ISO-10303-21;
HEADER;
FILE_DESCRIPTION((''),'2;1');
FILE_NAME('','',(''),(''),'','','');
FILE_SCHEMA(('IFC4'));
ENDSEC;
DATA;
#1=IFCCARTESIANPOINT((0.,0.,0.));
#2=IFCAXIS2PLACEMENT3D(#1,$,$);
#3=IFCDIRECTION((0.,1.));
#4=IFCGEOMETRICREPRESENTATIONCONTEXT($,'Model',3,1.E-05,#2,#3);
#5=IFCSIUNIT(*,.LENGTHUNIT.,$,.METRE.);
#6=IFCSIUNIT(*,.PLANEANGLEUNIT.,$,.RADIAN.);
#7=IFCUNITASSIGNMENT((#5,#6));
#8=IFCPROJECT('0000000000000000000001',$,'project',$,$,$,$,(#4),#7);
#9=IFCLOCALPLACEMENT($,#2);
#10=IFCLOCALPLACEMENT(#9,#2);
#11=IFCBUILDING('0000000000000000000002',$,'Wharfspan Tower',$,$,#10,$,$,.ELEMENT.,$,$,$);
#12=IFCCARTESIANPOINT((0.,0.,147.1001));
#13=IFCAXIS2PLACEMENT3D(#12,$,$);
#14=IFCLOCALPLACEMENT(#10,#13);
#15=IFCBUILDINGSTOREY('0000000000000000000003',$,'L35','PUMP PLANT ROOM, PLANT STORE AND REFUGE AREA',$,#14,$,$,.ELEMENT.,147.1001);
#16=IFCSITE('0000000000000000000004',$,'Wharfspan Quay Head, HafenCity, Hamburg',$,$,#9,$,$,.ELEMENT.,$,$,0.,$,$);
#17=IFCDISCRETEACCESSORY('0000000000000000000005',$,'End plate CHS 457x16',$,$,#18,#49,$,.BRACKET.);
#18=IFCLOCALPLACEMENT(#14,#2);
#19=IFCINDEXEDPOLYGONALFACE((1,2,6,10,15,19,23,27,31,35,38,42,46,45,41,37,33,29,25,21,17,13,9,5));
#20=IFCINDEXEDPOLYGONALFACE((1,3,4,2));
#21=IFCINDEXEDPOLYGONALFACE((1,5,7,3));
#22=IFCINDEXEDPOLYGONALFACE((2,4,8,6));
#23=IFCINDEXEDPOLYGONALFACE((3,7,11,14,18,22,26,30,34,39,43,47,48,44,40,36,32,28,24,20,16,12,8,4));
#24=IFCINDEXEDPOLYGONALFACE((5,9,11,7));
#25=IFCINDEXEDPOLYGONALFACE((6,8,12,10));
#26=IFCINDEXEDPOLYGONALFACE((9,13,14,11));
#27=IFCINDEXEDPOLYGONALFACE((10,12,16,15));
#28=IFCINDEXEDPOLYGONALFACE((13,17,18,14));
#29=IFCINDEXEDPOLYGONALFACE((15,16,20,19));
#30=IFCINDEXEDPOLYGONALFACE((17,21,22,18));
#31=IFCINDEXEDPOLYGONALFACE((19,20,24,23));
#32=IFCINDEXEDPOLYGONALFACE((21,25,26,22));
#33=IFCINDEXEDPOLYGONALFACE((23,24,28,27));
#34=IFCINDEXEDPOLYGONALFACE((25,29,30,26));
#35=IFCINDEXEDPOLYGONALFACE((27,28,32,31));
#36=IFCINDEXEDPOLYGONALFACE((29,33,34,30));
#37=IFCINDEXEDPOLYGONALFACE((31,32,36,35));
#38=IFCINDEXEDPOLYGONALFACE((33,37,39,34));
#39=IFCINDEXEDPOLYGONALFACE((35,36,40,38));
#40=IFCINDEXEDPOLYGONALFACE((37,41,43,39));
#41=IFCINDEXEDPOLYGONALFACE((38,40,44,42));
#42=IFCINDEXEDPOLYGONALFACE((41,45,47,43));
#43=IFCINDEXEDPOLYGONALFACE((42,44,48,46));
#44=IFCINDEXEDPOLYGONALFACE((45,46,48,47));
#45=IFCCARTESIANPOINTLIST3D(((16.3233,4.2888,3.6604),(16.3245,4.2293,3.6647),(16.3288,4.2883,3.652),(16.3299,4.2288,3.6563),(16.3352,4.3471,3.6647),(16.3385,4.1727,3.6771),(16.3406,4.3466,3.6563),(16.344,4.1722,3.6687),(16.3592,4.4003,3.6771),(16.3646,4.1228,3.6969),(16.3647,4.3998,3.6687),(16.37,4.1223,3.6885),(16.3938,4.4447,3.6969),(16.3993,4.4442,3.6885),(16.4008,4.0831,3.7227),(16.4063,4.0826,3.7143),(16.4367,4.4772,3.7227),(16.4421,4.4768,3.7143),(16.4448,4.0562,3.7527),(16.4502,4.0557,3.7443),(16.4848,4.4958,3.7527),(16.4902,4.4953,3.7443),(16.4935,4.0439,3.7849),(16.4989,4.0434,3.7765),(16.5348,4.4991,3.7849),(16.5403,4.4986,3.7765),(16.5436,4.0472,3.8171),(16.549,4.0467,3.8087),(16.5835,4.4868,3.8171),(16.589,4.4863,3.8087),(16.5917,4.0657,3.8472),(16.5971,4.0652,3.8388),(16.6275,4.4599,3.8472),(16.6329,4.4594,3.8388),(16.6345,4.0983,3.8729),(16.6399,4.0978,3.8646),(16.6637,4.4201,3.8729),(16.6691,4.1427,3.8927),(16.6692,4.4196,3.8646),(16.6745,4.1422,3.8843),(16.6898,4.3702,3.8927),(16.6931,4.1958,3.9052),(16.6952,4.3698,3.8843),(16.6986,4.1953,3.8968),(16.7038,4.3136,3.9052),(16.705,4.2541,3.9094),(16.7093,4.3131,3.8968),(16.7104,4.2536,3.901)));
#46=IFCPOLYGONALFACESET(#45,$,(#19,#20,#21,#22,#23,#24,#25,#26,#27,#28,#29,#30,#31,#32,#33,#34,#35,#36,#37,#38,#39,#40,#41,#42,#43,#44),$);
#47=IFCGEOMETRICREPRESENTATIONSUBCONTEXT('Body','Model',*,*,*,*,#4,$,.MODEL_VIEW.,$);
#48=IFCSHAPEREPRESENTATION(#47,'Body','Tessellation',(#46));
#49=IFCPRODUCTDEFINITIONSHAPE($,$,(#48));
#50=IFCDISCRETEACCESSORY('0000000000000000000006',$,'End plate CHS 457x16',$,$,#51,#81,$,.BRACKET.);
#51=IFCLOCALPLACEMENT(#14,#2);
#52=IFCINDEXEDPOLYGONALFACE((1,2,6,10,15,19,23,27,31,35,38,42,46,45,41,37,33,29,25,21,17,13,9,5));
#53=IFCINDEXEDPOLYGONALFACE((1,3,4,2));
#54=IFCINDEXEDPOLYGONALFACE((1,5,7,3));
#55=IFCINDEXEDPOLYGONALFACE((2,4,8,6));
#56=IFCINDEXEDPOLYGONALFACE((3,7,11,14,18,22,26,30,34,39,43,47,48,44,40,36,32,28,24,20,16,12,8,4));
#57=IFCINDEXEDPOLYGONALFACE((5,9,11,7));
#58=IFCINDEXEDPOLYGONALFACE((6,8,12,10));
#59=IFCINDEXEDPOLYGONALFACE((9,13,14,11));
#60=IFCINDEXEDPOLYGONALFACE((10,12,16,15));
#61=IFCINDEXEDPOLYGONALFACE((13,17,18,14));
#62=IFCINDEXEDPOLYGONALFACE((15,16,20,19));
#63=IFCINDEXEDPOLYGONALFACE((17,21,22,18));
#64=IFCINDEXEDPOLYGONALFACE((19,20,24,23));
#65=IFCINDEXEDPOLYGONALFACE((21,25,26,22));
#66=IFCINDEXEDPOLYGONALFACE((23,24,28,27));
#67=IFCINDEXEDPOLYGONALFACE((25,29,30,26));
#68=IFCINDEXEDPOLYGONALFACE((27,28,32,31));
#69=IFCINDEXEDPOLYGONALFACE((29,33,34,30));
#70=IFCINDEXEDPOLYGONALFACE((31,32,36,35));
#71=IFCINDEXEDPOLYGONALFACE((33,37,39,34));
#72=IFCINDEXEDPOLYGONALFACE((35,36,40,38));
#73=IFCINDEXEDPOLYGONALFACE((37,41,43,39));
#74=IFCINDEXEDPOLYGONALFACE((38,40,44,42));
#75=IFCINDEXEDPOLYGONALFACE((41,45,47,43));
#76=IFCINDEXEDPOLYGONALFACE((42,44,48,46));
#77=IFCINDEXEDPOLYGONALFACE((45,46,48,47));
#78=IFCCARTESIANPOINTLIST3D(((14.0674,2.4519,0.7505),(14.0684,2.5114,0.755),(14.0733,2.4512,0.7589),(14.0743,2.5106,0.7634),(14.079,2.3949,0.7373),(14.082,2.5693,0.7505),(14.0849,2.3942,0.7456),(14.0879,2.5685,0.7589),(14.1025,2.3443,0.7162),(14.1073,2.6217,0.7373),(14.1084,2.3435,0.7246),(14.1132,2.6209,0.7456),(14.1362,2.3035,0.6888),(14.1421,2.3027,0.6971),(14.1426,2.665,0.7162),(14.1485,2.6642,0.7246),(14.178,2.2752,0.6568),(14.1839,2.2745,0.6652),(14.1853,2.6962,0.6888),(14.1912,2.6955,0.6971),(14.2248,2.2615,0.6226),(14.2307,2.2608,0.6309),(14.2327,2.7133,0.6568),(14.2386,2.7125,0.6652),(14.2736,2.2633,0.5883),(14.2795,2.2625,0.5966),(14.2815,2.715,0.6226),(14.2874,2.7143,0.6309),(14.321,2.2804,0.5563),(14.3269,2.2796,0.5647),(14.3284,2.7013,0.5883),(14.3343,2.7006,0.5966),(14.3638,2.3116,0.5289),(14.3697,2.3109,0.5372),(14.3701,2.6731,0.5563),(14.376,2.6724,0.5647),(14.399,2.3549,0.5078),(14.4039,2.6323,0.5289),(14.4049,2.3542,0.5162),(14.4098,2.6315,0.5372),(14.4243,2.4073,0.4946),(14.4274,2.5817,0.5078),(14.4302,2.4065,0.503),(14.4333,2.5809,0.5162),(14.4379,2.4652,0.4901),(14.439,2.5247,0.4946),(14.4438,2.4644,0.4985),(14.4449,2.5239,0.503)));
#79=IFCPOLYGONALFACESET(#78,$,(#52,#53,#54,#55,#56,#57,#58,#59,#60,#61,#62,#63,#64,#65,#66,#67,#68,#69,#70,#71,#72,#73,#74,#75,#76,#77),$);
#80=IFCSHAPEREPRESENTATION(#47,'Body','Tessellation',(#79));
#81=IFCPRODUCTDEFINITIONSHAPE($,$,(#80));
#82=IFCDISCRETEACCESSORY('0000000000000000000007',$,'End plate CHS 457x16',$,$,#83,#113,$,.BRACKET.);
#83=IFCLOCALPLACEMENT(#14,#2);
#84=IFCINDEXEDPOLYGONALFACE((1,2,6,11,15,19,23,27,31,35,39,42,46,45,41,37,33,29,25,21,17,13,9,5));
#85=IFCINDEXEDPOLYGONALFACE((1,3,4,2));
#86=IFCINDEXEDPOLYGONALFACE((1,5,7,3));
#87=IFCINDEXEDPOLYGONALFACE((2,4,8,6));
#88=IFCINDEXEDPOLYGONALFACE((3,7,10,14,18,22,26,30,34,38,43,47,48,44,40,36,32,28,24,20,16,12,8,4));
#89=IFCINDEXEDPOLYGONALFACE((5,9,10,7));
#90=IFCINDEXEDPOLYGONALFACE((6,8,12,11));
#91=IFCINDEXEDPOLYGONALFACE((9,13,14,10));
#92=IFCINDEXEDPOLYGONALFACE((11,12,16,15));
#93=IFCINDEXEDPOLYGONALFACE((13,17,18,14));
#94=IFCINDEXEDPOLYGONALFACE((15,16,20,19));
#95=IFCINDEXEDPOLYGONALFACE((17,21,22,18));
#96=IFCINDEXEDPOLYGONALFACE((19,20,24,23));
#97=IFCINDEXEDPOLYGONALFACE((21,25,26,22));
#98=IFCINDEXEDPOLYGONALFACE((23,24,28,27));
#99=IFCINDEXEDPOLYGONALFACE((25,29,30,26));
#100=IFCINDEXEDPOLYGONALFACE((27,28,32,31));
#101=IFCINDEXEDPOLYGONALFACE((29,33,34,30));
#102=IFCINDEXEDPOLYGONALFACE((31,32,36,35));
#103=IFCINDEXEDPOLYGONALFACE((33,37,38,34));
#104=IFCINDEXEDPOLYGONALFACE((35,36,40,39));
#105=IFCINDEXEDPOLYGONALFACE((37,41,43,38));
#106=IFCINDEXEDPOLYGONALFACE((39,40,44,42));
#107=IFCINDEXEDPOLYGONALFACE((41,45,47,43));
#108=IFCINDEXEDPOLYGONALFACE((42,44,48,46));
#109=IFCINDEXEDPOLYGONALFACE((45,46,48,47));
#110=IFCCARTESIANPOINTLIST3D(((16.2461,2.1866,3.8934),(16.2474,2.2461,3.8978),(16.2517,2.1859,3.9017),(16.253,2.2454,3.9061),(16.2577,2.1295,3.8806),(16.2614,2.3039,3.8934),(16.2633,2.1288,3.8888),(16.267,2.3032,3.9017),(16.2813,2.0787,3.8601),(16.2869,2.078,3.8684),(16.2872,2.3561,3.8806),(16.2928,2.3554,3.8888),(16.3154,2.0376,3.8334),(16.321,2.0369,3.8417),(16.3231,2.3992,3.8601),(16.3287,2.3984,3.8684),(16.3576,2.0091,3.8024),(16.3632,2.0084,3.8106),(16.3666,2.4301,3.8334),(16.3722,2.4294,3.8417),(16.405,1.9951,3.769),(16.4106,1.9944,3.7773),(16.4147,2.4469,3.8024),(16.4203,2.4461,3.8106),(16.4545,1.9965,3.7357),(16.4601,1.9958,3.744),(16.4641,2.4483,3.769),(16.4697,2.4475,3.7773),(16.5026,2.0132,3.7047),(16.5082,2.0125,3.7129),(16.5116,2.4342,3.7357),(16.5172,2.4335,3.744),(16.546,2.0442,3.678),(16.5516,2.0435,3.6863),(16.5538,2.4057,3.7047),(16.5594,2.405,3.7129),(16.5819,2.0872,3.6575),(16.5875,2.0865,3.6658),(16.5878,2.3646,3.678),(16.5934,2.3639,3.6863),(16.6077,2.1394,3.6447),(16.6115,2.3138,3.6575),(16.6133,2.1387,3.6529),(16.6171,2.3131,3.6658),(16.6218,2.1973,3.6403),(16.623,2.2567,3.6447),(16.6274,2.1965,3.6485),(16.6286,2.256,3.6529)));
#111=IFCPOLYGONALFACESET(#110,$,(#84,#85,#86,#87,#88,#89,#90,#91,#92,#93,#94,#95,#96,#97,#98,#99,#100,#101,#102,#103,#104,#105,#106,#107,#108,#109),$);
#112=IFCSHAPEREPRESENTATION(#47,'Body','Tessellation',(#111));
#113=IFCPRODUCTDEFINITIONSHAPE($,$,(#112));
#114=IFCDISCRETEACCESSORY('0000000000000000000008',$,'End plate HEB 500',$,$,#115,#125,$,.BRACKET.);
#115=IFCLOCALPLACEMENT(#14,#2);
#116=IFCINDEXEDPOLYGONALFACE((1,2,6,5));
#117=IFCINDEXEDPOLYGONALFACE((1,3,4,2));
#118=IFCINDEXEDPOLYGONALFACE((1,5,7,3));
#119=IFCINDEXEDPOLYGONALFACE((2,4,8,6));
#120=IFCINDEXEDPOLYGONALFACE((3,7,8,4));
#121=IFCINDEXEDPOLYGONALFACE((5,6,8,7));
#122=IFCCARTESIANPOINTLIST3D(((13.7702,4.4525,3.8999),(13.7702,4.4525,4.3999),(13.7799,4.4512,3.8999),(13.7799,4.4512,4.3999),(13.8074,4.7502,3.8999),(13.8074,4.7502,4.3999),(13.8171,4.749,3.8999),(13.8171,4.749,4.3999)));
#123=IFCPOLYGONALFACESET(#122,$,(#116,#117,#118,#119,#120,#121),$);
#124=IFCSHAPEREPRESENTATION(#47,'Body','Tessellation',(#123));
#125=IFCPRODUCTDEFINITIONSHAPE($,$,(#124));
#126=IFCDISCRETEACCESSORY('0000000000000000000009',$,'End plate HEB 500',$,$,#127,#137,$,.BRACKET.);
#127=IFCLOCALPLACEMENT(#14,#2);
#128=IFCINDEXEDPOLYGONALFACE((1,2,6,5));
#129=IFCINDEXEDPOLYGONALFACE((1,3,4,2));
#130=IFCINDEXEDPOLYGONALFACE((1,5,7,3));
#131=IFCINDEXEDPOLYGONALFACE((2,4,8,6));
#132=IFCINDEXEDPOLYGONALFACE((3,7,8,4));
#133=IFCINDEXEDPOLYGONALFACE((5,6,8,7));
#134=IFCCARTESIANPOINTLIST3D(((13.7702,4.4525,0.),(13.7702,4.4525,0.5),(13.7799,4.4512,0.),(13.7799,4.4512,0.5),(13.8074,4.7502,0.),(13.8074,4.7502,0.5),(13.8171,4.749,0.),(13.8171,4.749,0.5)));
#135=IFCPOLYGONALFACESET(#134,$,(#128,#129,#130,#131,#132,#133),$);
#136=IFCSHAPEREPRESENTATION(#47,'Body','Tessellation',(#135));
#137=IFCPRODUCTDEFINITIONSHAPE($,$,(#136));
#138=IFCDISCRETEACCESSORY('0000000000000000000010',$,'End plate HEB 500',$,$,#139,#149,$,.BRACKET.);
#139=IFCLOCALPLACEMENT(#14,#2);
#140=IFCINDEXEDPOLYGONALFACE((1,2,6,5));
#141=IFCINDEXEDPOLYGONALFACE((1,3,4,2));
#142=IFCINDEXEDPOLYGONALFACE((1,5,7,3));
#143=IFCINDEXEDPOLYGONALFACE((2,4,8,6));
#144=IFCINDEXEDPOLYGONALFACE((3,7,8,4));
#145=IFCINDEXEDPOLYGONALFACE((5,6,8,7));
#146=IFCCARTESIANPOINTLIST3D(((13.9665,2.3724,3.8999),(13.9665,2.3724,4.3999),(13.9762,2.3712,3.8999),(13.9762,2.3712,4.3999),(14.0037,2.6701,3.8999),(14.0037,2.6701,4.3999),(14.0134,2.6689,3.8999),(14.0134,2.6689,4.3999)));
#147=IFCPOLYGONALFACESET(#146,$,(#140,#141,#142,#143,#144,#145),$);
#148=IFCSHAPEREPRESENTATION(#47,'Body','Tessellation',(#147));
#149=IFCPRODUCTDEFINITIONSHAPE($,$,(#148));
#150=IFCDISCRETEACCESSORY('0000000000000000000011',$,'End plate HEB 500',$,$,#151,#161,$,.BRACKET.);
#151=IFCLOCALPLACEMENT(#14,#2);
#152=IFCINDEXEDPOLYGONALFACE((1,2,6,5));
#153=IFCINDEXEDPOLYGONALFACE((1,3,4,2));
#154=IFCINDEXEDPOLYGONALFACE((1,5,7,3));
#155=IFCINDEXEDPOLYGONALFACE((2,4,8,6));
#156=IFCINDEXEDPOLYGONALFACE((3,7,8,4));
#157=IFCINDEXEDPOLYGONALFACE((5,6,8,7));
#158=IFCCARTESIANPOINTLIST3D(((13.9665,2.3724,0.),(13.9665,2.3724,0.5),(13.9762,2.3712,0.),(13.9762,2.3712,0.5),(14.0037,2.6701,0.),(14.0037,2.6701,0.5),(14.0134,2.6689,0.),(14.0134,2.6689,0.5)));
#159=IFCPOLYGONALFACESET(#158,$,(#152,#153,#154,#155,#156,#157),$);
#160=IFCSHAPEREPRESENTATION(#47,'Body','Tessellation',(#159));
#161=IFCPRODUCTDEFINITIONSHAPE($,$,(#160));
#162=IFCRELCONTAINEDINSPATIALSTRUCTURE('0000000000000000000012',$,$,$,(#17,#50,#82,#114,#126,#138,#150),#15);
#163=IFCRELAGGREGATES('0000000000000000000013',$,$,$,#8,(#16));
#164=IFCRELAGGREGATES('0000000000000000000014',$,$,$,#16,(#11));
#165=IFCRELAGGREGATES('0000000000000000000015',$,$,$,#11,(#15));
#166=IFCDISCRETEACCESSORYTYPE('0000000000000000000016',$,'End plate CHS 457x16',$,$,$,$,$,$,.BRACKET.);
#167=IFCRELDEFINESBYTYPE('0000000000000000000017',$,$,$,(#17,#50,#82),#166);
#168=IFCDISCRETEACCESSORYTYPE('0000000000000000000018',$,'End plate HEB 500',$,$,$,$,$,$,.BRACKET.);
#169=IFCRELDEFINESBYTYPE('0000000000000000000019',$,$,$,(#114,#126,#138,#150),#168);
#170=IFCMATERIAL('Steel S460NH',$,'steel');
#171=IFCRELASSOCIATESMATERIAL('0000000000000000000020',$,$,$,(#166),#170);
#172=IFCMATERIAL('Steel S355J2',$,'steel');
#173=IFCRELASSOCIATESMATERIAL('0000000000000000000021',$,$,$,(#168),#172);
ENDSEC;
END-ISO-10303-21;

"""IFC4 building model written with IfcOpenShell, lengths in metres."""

from ifc_helpers import new_model, si_unit, direction, frame, origin, origin_2d, place, context, subcontext, project, spatial, rectangle, circle, extrude, material, material_profile, profile_set, type_object, element, save


model = new_model("IFC4")

# Units and contexts
model_context = context("Model", 3, precision=1e-05, world=origin(), true_north=direction((0.0, 1.0)))
body_context = subcontext(model_context, "Body", "Model", "MODEL_VIEW")
ifc_project = project(units=[si_unit("LENGTHUNIT", "METRE"), si_unit("PLANEANGLEUNIT", "RADIAN")], contexts=[model_context])

# Site, building, storey
site_placement = place(None, origin())
site = spatial("IfcSite", under=ifc_project, at=site_placement, Name="Wharfspan Quay Head, HafenCity, Hamburg", CompositionType="ELEMENT", RefElevation=0.0)
building_placement = place(site_placement, origin())
building = spatial("IfcBuilding", under=site, at=building_placement, Name="Wharfspan Tower", CompositionType="ELEMENT")
storey_placement = place(building_placement, frame((0.0, 0.0, 147.1001)))
storey = spatial("IfcBuildingStorey", under=building, at=storey_placement, Name="L35", Description="PUMP PLANT ROOM, PLANT STORE AND REFUGE AREA", CompositionType="ELEMENT", Elevation=147.1001)

# Shared definitions
ifc_material_1 = material(Name="Steel S355J2", Category="steel")

# Shared definitions
ifc_material_2 = material(Name="Steel S460NH", Category="steel")

# Discrete accessories
ifc_material_profile_1 = material_profile(ifc_material_2, circle(Radius=0.2285, at=origin_2d()))
ifc_profile_set_1 = profile_set([ifc_material_profile_1], Name="Steel S460NH")
discrete_accessory_type_1 = type_object("IfcDiscreteAccessoryType", Name="End plate CHS 457x16", PredefinedType="BRACKET", material=ifc_profile_set_1)
for number, where, z_axis, x_axis, name in (
    (1, (16.5142, 4.2715, 3.7849), (0.54259, -0.049326, -0.838548), (0.090535, 0.995892, 0.0), "End plate CHS 457x16"),
):
    element("IfcDiscreteAccessory", number, at=place(storey_placement, frame(where, z_axis=z_axis, x_axis=x_axis)), inside=storey, type_object=discrete_accessory_type_1, Name=name, PredefinedType="BRACKET", context=body_context, shape_type="SweptSolid", body=[
        extrude(circle(Radius=0.2285, at=origin_2d()), origin(), (0.0, 0.0, 1.0), 0.01),
    ])
discrete_accessory_1_placement = place(storey_placement, frame((14.2532, 2.4883, 0.6226), z_axis=(0.575191, -0.071899, 0.814853), x_axis=(0.124036, 0.992275, -0.000001)))
element("IfcDiscreteAccessory", 2, at=discrete_accessory_1_placement, inside=storey, type_object=discrete_accessory_type_1, Name="End plate CHS 457x16", PredefinedType="BRACKET", context=body_context, shape_type="SweptSolid", body=[
    extrude(circle(Radius=0.2285, at=origin_2d()), origin(), (0.0, 0.0, 1.0), 0.0103),
])
discrete_accessory_2_placement = place(storey_placement, frame((16.4346, 2.2217, 3.769), z_axis=(0.558819, -0.072889, 0.82608), x_axis=(0.129337, 0.991601, 0.000001)))
element("IfcDiscreteAccessory", 3, at=discrete_accessory_2_placement, inside=storey, type_object=discrete_accessory_type_1, Name="End plate CHS 457x16", PredefinedType="BRACKET", context=body_context, shape_type="SweptSolid", body=[
    extrude(circle(Radius=0.2285, at=origin_2d()), origin(), (0.0, 0.0, 1.0), 0.01),
])
ifc_material_profile_2 = material_profile(ifc_material_1, rectangle(XDim=0.3, YDim=0.5, at=origin_2d()))
ifc_profile_set_2 = profile_set([ifc_material_profile_2], Name="Steel S355J2")
discrete_accessory_type_2 = type_object("IfcDiscreteAccessoryType", Name="End plate HEB 500", PredefinedType="BRACKET", material=ifc_profile_set_2)
for number, where, z_axis, x_axis, name in (
    (4, (13.7888, 4.6013, 4.1499), (0.992278, -0.124035, 0.0), (0.124035, 0.992278, 0.0), "End plate HEB 500"),
    (5, (13.7888, 4.6013, 0.25), (0.992278, -0.124035, 0.0), (0.124035, 0.992278, 0.0), "End plate HEB 500"),
    (6, (13.9851, 2.5212, 4.1499), (0.992278, -0.124035, 0.0), (0.124035, 0.992278, 0.0), "End plate HEB 500"),
    (7, (13.9851, 2.5212, 0.25), (0.992278, -0.124035, 0.0), (0.124035, 0.992278, 0.0), "End plate HEB 500"),
):
    element("IfcDiscreteAccessory", number, at=place(storey_placement, frame(where, z_axis=z_axis, x_axis=x_axis)), inside=storey, type_object=discrete_accessory_type_2, Name=name, PredefinedType="BRACKET", context=body_context, shape_type="SweptSolid", body=[
        extrude(rectangle(XDim=0.3, YDim=0.5, at=origin_2d()), origin(), (0.0, 0.0, 1.0), 0.0098),
    ])

save(model, "model.ifc")
